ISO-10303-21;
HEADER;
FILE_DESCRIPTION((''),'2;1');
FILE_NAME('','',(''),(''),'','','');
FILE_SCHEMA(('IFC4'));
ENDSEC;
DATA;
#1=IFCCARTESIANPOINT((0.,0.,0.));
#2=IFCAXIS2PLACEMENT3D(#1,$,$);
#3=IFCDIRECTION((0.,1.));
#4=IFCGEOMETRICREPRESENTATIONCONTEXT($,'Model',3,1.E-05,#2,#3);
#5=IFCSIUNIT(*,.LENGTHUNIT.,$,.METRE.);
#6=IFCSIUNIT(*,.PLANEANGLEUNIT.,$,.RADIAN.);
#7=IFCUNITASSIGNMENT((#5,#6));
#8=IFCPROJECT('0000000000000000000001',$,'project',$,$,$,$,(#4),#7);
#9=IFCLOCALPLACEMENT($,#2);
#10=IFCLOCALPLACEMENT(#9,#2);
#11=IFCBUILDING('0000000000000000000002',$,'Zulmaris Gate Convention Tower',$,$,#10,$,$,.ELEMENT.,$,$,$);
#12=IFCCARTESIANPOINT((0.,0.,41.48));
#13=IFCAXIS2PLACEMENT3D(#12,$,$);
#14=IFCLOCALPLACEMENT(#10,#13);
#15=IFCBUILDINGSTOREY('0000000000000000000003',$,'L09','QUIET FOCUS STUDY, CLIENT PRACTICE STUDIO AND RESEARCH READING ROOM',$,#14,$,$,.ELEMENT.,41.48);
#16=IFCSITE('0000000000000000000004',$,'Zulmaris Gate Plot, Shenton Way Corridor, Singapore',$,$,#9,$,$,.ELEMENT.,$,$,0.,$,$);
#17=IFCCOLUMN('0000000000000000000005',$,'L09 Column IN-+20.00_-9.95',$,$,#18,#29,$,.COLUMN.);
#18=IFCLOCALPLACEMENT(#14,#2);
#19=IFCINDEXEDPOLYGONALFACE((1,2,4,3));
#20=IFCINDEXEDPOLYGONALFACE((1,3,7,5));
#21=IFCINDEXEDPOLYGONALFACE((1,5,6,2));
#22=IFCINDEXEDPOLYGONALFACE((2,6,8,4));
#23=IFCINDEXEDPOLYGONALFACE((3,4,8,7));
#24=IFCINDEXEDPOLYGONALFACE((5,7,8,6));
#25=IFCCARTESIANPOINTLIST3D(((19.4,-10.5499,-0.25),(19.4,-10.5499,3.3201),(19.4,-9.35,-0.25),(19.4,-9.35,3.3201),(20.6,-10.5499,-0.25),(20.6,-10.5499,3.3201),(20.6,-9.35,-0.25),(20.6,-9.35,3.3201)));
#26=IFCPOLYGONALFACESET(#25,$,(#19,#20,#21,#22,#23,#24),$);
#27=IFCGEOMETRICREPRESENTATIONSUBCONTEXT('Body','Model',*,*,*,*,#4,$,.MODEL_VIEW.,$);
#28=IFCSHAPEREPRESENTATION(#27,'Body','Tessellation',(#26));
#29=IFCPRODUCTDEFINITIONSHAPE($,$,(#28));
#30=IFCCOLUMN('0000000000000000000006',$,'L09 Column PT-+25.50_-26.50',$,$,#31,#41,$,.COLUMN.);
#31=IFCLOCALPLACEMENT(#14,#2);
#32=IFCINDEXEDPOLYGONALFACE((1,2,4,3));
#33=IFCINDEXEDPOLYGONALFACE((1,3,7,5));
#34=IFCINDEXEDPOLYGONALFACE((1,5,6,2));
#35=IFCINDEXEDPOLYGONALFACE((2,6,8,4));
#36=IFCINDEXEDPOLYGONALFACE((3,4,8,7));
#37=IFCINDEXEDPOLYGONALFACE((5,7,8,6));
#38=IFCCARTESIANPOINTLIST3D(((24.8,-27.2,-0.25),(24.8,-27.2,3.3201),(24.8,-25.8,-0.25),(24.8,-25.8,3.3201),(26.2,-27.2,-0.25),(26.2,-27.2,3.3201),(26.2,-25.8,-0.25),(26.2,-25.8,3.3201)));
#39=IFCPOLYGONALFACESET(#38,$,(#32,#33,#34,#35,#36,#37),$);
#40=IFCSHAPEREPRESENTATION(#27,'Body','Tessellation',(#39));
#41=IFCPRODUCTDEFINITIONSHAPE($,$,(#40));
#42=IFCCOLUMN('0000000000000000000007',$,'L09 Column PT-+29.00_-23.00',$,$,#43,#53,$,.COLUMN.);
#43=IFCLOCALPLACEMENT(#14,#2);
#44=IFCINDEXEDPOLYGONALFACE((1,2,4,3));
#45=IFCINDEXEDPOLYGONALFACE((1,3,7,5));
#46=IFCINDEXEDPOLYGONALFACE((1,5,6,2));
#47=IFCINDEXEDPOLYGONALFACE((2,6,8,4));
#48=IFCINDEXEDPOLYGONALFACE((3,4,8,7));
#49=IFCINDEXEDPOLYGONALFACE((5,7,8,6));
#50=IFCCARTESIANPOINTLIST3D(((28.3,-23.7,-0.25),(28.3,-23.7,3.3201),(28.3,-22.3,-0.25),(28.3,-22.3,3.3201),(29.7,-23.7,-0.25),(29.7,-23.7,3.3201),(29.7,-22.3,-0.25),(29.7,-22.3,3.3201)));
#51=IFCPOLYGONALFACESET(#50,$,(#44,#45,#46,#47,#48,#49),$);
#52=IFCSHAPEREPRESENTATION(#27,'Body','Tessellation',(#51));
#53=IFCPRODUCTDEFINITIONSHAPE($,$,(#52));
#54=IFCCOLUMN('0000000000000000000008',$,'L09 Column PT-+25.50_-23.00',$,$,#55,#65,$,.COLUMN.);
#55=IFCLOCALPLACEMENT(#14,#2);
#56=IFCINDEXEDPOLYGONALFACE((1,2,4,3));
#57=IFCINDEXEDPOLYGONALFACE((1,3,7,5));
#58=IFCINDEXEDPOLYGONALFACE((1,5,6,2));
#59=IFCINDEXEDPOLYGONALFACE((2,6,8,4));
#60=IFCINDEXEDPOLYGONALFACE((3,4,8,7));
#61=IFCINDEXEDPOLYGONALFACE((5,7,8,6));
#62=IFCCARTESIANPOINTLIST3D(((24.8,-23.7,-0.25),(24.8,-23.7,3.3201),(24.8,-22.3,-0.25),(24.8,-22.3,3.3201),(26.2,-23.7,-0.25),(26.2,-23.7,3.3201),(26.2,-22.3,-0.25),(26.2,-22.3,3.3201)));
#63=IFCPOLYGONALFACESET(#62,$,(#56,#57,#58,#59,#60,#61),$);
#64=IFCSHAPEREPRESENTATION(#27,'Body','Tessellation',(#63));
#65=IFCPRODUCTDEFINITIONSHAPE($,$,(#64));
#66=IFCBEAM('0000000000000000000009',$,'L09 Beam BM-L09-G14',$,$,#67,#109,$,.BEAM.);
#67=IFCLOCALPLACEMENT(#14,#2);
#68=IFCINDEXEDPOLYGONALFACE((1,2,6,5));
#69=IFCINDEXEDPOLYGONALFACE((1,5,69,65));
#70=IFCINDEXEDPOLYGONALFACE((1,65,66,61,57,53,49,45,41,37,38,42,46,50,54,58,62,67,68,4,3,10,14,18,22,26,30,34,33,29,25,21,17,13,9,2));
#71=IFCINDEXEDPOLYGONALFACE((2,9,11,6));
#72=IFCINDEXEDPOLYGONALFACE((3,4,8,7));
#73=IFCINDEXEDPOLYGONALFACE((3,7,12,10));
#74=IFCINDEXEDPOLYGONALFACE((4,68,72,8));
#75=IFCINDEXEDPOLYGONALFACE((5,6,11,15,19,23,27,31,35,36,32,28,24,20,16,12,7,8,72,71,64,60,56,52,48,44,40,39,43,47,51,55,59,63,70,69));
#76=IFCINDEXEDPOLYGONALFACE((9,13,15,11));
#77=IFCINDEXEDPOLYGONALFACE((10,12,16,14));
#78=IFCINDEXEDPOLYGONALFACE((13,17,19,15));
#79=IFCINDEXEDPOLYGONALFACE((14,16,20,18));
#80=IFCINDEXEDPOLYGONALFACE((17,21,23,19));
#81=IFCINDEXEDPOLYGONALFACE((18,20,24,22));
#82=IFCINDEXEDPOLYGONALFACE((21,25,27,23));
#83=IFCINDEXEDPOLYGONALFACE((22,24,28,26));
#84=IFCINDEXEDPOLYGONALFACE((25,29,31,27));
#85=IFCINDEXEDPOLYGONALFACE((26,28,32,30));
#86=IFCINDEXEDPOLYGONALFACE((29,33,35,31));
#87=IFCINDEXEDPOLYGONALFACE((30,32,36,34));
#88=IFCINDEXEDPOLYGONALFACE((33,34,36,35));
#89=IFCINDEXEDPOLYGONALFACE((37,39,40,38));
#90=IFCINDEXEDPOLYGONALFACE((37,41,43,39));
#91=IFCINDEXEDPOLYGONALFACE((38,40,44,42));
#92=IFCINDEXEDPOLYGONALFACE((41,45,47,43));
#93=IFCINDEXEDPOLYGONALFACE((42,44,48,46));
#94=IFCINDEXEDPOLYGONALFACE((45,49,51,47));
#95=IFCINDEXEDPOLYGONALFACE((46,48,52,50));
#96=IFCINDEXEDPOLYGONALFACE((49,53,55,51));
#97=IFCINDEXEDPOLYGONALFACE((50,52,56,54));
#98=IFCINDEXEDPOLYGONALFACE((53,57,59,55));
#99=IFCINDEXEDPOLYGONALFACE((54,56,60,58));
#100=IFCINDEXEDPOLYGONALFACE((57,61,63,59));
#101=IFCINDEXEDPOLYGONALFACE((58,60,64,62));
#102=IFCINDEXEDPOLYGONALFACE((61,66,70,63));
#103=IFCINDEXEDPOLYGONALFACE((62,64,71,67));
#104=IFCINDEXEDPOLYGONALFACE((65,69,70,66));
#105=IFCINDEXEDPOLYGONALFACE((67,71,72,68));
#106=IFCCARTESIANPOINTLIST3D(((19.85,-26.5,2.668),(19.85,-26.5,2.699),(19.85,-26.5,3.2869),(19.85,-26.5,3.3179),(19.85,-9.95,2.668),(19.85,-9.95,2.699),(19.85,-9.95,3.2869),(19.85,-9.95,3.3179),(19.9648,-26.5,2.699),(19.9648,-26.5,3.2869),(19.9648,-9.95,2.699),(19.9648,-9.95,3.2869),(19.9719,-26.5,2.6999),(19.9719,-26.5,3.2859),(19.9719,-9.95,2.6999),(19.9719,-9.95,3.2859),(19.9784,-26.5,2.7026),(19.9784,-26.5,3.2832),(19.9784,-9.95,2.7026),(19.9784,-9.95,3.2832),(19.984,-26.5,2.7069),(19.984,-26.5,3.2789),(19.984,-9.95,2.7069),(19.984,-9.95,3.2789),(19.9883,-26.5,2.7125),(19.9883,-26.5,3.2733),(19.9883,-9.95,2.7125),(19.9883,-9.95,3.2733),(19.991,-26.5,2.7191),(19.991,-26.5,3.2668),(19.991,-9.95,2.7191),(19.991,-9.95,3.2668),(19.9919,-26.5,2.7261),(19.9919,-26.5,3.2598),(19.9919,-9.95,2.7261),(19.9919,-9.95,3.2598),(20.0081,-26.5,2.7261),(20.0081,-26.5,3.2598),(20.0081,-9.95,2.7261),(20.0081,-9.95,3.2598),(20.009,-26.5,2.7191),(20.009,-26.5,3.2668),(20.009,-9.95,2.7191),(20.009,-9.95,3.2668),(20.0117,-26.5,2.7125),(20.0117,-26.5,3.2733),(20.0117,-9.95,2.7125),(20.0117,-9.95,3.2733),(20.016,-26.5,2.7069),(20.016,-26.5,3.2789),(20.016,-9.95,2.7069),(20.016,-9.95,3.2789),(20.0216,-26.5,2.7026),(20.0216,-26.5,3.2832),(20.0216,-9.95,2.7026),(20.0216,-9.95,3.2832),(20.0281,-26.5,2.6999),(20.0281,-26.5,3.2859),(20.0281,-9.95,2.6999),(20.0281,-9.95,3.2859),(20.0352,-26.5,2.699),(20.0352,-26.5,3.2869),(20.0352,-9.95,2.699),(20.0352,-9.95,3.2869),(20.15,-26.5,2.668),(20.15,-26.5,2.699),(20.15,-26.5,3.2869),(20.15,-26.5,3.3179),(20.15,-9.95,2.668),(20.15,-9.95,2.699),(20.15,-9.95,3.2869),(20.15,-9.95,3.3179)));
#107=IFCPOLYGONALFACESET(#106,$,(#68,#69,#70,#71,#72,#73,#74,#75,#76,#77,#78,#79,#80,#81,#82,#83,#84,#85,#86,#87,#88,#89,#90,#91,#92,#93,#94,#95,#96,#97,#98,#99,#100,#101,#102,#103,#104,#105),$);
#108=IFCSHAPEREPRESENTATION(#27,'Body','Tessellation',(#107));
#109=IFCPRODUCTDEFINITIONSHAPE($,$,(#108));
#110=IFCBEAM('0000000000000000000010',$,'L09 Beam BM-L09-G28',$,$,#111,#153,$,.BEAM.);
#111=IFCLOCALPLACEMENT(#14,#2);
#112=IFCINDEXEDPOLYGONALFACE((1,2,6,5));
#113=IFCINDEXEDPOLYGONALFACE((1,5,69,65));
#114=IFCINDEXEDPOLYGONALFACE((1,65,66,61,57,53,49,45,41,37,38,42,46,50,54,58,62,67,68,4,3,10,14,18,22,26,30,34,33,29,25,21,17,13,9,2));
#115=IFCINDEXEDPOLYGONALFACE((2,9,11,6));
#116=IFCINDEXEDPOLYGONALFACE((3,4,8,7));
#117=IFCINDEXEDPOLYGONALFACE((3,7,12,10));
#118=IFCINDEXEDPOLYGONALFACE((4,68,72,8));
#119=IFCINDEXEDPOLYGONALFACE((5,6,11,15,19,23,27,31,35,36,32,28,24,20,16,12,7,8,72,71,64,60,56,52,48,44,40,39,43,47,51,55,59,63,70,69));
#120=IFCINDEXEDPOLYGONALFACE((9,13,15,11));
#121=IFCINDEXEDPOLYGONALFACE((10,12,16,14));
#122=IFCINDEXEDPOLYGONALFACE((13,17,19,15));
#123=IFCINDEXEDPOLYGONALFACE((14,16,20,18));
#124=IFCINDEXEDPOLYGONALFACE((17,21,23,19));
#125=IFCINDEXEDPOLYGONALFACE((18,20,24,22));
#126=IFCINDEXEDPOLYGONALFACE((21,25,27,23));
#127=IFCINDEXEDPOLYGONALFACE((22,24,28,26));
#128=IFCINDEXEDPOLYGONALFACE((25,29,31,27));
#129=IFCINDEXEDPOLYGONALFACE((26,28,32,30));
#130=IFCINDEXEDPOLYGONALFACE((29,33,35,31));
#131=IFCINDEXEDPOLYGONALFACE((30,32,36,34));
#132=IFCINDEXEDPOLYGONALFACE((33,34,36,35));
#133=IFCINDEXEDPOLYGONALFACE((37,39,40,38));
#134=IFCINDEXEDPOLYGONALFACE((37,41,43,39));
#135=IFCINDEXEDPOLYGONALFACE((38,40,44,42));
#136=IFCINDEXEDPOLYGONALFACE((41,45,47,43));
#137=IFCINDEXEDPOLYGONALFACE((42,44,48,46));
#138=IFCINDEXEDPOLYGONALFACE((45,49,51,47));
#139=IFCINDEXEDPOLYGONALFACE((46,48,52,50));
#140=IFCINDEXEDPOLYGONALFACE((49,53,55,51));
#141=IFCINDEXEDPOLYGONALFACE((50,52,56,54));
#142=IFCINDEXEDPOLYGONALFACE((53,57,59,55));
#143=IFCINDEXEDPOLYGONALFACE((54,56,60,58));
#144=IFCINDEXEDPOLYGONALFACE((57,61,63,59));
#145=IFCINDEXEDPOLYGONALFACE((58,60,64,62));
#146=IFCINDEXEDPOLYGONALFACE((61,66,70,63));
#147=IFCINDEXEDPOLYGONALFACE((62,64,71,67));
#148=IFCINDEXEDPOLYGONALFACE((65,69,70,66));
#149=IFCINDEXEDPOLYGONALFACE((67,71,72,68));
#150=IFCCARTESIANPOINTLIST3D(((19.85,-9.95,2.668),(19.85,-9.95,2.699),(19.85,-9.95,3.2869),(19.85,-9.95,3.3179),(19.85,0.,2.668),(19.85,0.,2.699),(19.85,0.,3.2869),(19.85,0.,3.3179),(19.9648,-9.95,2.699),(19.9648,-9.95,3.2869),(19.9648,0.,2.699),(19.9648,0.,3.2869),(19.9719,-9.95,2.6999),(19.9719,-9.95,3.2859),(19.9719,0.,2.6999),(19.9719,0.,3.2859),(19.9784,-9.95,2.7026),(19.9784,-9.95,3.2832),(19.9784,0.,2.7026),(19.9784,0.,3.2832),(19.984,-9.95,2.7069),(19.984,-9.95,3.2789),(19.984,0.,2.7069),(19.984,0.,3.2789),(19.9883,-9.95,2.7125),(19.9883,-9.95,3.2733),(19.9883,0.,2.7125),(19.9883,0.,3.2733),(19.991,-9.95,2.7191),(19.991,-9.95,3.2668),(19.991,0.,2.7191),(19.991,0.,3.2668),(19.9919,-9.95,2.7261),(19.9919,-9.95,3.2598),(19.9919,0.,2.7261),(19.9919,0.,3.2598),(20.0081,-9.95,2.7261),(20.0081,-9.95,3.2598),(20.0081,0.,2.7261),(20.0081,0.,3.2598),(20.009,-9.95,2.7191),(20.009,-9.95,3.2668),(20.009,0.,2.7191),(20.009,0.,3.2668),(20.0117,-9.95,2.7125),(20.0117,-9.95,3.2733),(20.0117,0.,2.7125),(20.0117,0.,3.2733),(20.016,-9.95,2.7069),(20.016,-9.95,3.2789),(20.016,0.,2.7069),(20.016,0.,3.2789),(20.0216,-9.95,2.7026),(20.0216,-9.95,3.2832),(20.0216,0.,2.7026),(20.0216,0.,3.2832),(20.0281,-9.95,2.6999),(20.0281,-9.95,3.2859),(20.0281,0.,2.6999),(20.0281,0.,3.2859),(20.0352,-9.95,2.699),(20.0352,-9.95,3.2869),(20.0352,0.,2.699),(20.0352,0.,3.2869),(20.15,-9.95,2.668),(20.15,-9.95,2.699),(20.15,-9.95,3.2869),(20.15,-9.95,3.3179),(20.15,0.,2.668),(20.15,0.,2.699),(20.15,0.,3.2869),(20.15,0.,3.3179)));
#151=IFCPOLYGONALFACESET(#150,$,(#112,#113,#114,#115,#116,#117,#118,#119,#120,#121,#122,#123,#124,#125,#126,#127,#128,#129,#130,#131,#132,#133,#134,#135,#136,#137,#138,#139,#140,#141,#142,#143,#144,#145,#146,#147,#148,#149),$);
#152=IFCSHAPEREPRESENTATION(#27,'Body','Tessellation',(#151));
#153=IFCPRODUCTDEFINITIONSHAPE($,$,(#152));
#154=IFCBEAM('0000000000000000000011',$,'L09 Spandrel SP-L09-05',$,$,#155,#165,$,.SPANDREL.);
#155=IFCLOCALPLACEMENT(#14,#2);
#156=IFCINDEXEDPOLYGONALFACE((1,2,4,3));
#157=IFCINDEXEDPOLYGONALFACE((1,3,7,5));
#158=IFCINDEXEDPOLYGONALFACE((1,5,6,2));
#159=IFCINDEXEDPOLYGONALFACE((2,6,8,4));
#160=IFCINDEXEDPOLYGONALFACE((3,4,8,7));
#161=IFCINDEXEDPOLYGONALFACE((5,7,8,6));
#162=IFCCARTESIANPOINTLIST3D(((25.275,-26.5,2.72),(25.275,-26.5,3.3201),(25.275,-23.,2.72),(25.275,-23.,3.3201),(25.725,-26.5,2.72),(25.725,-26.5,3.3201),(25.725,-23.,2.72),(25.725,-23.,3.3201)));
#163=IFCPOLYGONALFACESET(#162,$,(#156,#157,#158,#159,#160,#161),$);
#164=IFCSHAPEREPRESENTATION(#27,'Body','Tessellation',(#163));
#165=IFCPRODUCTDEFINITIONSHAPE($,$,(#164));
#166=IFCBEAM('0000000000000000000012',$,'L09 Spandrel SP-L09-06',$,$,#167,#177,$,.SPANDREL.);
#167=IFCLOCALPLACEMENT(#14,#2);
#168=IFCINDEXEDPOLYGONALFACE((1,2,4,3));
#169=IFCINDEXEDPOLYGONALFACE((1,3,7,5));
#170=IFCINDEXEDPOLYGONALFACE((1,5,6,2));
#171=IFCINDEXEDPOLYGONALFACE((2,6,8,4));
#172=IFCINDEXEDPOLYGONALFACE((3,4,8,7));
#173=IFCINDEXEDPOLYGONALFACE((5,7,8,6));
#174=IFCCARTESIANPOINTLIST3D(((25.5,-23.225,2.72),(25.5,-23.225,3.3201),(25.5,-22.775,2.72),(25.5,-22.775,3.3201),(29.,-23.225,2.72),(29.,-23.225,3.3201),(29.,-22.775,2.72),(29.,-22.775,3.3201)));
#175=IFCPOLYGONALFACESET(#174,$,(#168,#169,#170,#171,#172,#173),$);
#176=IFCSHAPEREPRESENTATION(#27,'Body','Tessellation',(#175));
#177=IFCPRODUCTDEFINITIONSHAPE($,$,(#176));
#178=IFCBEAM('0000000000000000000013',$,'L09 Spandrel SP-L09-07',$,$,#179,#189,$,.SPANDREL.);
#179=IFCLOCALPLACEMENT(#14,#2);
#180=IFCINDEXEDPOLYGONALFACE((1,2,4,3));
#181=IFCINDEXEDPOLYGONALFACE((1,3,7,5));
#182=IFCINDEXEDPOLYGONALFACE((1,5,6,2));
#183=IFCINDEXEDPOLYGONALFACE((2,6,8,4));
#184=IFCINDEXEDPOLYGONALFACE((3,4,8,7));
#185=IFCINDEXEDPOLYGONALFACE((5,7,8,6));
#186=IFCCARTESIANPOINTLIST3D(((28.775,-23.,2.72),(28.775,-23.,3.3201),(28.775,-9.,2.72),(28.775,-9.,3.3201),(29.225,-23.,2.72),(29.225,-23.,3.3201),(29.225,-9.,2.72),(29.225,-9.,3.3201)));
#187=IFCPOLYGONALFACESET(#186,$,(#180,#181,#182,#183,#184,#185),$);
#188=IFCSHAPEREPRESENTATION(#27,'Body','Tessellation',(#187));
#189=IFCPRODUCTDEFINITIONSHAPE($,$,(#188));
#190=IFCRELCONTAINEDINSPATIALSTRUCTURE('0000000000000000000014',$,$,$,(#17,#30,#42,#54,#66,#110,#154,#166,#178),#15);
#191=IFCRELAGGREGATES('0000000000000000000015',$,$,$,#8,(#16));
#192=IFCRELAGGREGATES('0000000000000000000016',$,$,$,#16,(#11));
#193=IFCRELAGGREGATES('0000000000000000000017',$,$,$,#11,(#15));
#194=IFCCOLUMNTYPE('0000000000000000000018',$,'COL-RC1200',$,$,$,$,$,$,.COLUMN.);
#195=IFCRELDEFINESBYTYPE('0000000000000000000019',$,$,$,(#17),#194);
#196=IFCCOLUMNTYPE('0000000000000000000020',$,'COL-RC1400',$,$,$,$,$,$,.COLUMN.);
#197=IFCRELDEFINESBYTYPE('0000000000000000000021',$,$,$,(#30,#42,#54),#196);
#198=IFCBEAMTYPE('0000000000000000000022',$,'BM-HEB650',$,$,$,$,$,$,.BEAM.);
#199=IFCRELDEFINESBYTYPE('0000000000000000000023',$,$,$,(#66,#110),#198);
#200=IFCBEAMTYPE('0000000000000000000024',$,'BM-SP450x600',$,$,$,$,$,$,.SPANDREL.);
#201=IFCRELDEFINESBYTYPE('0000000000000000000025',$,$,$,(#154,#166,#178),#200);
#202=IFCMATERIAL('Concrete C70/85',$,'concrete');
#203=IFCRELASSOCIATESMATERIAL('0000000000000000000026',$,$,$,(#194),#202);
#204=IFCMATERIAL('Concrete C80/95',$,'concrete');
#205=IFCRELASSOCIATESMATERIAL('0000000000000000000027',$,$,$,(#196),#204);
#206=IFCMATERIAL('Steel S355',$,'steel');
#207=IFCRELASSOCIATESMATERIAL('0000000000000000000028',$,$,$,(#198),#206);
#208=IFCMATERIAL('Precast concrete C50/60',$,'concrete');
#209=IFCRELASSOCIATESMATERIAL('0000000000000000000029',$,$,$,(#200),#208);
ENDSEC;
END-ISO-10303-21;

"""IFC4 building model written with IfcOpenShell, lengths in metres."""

from ifc_helpers import new_model, si_unit, direction, frame, origin, origin_2d, place, context, subcontext, project, spatial, rectangle, i_section, extrude, material, material_profile, profile_set, type_object, element, save


model = new_model("IFC4")

# Units and contexts
model_context = context("Model", 3, precision=1e-05, world=origin(), true_north=direction((0.0, 1.0)))
body_context = subcontext(model_context, "Body", "Model", "MODEL_VIEW")
ifc_project = project(units=[si_unit("LENGTHUNIT", "METRE"), si_unit("PLANEANGLEUNIT", "RADIAN")], contexts=[model_context])

# Site, building, storey
site_placement = place(None, origin())
site = spatial("IfcSite", under=ifc_project, at=site_placement, Name="Zulmaris Gate Plot, Shenton Way Corridor, Singapore", CompositionType="ELEMENT", RefElevation=0.0)
building_placement = place(site_placement, origin())
building = spatial("IfcBuilding", under=site, at=building_placement, Name="Zulmaris Gate Convention Tower", CompositionType="ELEMENT")
storey_placement = place(building_placement, frame((0.0, 0.0, 41.48)))
storey = spatial("IfcBuildingStorey", under=building, at=storey_placement, Name="L09", Description="QUIET FOCUS STUDY, CLIENT PRACTICE STUDIO AND RESEARCH READING ROOM", CompositionType="ELEMENT", Elevation=41.48)

# Columns
ifc_material_1 = material(Name="Concrete C70/85", Category="concrete")
ifc_material_profile_1 = material_profile(ifc_material_1, rectangle(XDim=1.2, YDim=1.2, at=origin_2d()), Name="RC COL 1200x1200")
ifc_profile_set_1 = profile_set([ifc_material_profile_1], Name="Concrete C70/85")
column_type_1 = type_object("IfcColumnType", Name="COL-RC1200", PredefinedType="COLUMN", material=ifc_profile_set_1)
column_placement = place(storey_placement, frame((20.0, -9.95, -0.25), z_axis=(0.0, 0.0, 1.0), x_axis=(1.0, 0.0, 0.0)))
element("IfcColumn", 1, at=column_placement, inside=storey, type_object=column_type_1, Name="L09 Column IN-+20.00_-9.95", PredefinedType="COLUMN", context=body_context, shape_type="SweptSolid", body=[
    extrude(rectangle(XDim=1.2, YDim=1.2, at=origin_2d()), origin(), (0.0, 0.0, 1.0), 3.5701),
])
ifc_material_2 = material(Name="Concrete C80/95", Category="concrete")
ifc_material_profile_2 = material_profile(ifc_material_2, rectangle(XDim=1.3999, YDim=1.3999, at=origin_2d()), Name="RC COL 1400x1400")
ifc_profile_set_2 = profile_set([ifc_material_profile_2], Name="Concrete C80/95")
column_type_2 = type_object("IfcColumnType", Name="COL-RC1400", PredefinedType="COLUMN", material=ifc_profile_set_2)
for number, where, z_axis, x_axis, name in (
    (2, (25.5, -26.5, -0.25), (0.0, 0.0, 1.0), (1.0, 0.0, 0.0), "L09 Column PT-+25.50_-26.50"),
    (3, (29.0, -23.0, -0.25), (0.0, 0.0, 1.0), (1.0, 0.0, 0.0), "L09 Column PT-+29.00_-23.00"),
    (4, (25.5, -23.0, -0.25), (0.0, 0.0, 1.0), (1.0, 0.0, 0.0), "L09 Column PT-+25.50_-23.00"),
):
    element("IfcColumn", number, at=place(storey_placement, frame(where, z_axis=z_axis, x_axis=x_axis)), inside=storey, type_object=column_type_2, Name=name, PredefinedType="COLUMN", context=body_context, shape_type="SweptSolid", body=[
        extrude(rectangle(XDim=1.3999, YDim=1.3999, at=origin_2d()), origin(), (0.0, 0.0, 1.0), 3.5701),
    ])

# Beams
ifc_material_3 = material(Name="Steel S355", Category="steel")
ifc_material_profile_3 = material_profile(ifc_material_3, i_section(OverallWidth=0.3, OverallDepth=0.6499, WebThickness=0.0161, FlangeThickness=0.031, FilletRadius=0.0271, at=origin_2d()), Name="HEB 650")
ifc_profile_set_3 = profile_set([ifc_material_profile_3], Name="Steel S355")
beam_type_1 = type_object("IfcBeamType", Name="BM-HEB650", PredefinedType="BEAM", material=ifc_profile_set_3)
beam_1_placement = place(storey_placement, frame((20.0, -26.5, 2.9929), z_axis=(0.0, 1.0, 0.0), x_axis=(-1.0, 0.0, 0.0)))
element("IfcBeam", 5, at=beam_1_placement, inside=storey, type_object=beam_type_1, Name="L09 Beam BM-L09-G14", PredefinedType="BEAM", context=body_context, shape_type="SweptSolid", body=[
    extrude(i_section(OverallWidth=0.3, OverallDepth=0.6499, WebThickness=0.0161, FlangeThickness=0.031, FilletRadius=0.0271, at=origin_2d()), origin(), (0.0, 0.0, 1.0), 16.55),
])
beam_2_placement = place(storey_placement, frame((20.0, -9.95, 2.9929), z_axis=(0.0, 1.0, 0.0), x_axis=(-1.0, 0.0, 0.0)))
element("IfcBeam", 6, at=beam_2_placement, inside=storey, type_object=beam_type_1, Name="L09 Beam BM-L09-G28", PredefinedType="BEAM", context=body_context, shape_type="SweptSolid", body=[
    extrude(i_section(OverallWidth=0.3, OverallDepth=0.6499, WebThickness=0.0161, FlangeThickness=0.031, FilletRadius=0.0271, at=origin_2d()), origin(), (0.0, 0.0, 1.0), 9.95),
])
ifc_material_4 = material(Name="Precast concrete C50/60", Category="concrete")
ifc_material_profile_4 = material_profile(ifc_material_4, rectangle(XDim=0.45, YDim=0.6001, at=origin_2d()), Name="RC SPANDREL 450x600")
ifc_profile_set_4 = profile_set([ifc_material_profile_4], Name="Precast concrete C50/60")
beam_type_2 = type_object("IfcBeamType", Name="BM-SP450x600", PredefinedType="SPANDREL", material=ifc_profile_set_4)
for number, where, z_axis, x_axis, name in (
    (7, (25.5, -26.5, 3.02), (0.0, 1.0, 0.0), (-1.0, 0.0, 0.0), "L09 Spandrel SP-L09-05"),
    (8, (25.5, -23.0, 3.02), (1.0, 0.0, 0.0), (0.0, 1.0, 0.0), "L09 Spandrel SP-L09-06"),
):
    element("IfcBeam", number, at=place(storey_placement, frame(where, z_axis=z_axis, x_axis=x_axis)), inside=storey, type_object=beam_type_2, Name=name, PredefinedType="SPANDREL", context=body_context, shape_type="SweptSolid", body=[
        extrude(rectangle(XDim=0.45, YDim=0.6001, at=origin_2d()), origin(), (0.0, 0.0, 1.0), 3.5),
    ])
beam_3_placement = place(storey_placement, frame((29.0, -23.0, 3.02), z_axis=(0.0, 1.0, 0.0), x_axis=(-1.0, 0.0, 0.0)))
element("IfcBeam", 9, at=beam_3_placement, inside=storey, type_object=beam_type_2, Name="L09 Spandrel SP-L09-07", PredefinedType="SPANDREL", context=body_context, shape_type="SweptSolid", body=[
    extrude(rectangle(XDim=0.45, YDim=0.6001, at=origin_2d()), origin(), (0.0, 0.0, 1.0), 14.0),
])

save(model, "model.ifc")
